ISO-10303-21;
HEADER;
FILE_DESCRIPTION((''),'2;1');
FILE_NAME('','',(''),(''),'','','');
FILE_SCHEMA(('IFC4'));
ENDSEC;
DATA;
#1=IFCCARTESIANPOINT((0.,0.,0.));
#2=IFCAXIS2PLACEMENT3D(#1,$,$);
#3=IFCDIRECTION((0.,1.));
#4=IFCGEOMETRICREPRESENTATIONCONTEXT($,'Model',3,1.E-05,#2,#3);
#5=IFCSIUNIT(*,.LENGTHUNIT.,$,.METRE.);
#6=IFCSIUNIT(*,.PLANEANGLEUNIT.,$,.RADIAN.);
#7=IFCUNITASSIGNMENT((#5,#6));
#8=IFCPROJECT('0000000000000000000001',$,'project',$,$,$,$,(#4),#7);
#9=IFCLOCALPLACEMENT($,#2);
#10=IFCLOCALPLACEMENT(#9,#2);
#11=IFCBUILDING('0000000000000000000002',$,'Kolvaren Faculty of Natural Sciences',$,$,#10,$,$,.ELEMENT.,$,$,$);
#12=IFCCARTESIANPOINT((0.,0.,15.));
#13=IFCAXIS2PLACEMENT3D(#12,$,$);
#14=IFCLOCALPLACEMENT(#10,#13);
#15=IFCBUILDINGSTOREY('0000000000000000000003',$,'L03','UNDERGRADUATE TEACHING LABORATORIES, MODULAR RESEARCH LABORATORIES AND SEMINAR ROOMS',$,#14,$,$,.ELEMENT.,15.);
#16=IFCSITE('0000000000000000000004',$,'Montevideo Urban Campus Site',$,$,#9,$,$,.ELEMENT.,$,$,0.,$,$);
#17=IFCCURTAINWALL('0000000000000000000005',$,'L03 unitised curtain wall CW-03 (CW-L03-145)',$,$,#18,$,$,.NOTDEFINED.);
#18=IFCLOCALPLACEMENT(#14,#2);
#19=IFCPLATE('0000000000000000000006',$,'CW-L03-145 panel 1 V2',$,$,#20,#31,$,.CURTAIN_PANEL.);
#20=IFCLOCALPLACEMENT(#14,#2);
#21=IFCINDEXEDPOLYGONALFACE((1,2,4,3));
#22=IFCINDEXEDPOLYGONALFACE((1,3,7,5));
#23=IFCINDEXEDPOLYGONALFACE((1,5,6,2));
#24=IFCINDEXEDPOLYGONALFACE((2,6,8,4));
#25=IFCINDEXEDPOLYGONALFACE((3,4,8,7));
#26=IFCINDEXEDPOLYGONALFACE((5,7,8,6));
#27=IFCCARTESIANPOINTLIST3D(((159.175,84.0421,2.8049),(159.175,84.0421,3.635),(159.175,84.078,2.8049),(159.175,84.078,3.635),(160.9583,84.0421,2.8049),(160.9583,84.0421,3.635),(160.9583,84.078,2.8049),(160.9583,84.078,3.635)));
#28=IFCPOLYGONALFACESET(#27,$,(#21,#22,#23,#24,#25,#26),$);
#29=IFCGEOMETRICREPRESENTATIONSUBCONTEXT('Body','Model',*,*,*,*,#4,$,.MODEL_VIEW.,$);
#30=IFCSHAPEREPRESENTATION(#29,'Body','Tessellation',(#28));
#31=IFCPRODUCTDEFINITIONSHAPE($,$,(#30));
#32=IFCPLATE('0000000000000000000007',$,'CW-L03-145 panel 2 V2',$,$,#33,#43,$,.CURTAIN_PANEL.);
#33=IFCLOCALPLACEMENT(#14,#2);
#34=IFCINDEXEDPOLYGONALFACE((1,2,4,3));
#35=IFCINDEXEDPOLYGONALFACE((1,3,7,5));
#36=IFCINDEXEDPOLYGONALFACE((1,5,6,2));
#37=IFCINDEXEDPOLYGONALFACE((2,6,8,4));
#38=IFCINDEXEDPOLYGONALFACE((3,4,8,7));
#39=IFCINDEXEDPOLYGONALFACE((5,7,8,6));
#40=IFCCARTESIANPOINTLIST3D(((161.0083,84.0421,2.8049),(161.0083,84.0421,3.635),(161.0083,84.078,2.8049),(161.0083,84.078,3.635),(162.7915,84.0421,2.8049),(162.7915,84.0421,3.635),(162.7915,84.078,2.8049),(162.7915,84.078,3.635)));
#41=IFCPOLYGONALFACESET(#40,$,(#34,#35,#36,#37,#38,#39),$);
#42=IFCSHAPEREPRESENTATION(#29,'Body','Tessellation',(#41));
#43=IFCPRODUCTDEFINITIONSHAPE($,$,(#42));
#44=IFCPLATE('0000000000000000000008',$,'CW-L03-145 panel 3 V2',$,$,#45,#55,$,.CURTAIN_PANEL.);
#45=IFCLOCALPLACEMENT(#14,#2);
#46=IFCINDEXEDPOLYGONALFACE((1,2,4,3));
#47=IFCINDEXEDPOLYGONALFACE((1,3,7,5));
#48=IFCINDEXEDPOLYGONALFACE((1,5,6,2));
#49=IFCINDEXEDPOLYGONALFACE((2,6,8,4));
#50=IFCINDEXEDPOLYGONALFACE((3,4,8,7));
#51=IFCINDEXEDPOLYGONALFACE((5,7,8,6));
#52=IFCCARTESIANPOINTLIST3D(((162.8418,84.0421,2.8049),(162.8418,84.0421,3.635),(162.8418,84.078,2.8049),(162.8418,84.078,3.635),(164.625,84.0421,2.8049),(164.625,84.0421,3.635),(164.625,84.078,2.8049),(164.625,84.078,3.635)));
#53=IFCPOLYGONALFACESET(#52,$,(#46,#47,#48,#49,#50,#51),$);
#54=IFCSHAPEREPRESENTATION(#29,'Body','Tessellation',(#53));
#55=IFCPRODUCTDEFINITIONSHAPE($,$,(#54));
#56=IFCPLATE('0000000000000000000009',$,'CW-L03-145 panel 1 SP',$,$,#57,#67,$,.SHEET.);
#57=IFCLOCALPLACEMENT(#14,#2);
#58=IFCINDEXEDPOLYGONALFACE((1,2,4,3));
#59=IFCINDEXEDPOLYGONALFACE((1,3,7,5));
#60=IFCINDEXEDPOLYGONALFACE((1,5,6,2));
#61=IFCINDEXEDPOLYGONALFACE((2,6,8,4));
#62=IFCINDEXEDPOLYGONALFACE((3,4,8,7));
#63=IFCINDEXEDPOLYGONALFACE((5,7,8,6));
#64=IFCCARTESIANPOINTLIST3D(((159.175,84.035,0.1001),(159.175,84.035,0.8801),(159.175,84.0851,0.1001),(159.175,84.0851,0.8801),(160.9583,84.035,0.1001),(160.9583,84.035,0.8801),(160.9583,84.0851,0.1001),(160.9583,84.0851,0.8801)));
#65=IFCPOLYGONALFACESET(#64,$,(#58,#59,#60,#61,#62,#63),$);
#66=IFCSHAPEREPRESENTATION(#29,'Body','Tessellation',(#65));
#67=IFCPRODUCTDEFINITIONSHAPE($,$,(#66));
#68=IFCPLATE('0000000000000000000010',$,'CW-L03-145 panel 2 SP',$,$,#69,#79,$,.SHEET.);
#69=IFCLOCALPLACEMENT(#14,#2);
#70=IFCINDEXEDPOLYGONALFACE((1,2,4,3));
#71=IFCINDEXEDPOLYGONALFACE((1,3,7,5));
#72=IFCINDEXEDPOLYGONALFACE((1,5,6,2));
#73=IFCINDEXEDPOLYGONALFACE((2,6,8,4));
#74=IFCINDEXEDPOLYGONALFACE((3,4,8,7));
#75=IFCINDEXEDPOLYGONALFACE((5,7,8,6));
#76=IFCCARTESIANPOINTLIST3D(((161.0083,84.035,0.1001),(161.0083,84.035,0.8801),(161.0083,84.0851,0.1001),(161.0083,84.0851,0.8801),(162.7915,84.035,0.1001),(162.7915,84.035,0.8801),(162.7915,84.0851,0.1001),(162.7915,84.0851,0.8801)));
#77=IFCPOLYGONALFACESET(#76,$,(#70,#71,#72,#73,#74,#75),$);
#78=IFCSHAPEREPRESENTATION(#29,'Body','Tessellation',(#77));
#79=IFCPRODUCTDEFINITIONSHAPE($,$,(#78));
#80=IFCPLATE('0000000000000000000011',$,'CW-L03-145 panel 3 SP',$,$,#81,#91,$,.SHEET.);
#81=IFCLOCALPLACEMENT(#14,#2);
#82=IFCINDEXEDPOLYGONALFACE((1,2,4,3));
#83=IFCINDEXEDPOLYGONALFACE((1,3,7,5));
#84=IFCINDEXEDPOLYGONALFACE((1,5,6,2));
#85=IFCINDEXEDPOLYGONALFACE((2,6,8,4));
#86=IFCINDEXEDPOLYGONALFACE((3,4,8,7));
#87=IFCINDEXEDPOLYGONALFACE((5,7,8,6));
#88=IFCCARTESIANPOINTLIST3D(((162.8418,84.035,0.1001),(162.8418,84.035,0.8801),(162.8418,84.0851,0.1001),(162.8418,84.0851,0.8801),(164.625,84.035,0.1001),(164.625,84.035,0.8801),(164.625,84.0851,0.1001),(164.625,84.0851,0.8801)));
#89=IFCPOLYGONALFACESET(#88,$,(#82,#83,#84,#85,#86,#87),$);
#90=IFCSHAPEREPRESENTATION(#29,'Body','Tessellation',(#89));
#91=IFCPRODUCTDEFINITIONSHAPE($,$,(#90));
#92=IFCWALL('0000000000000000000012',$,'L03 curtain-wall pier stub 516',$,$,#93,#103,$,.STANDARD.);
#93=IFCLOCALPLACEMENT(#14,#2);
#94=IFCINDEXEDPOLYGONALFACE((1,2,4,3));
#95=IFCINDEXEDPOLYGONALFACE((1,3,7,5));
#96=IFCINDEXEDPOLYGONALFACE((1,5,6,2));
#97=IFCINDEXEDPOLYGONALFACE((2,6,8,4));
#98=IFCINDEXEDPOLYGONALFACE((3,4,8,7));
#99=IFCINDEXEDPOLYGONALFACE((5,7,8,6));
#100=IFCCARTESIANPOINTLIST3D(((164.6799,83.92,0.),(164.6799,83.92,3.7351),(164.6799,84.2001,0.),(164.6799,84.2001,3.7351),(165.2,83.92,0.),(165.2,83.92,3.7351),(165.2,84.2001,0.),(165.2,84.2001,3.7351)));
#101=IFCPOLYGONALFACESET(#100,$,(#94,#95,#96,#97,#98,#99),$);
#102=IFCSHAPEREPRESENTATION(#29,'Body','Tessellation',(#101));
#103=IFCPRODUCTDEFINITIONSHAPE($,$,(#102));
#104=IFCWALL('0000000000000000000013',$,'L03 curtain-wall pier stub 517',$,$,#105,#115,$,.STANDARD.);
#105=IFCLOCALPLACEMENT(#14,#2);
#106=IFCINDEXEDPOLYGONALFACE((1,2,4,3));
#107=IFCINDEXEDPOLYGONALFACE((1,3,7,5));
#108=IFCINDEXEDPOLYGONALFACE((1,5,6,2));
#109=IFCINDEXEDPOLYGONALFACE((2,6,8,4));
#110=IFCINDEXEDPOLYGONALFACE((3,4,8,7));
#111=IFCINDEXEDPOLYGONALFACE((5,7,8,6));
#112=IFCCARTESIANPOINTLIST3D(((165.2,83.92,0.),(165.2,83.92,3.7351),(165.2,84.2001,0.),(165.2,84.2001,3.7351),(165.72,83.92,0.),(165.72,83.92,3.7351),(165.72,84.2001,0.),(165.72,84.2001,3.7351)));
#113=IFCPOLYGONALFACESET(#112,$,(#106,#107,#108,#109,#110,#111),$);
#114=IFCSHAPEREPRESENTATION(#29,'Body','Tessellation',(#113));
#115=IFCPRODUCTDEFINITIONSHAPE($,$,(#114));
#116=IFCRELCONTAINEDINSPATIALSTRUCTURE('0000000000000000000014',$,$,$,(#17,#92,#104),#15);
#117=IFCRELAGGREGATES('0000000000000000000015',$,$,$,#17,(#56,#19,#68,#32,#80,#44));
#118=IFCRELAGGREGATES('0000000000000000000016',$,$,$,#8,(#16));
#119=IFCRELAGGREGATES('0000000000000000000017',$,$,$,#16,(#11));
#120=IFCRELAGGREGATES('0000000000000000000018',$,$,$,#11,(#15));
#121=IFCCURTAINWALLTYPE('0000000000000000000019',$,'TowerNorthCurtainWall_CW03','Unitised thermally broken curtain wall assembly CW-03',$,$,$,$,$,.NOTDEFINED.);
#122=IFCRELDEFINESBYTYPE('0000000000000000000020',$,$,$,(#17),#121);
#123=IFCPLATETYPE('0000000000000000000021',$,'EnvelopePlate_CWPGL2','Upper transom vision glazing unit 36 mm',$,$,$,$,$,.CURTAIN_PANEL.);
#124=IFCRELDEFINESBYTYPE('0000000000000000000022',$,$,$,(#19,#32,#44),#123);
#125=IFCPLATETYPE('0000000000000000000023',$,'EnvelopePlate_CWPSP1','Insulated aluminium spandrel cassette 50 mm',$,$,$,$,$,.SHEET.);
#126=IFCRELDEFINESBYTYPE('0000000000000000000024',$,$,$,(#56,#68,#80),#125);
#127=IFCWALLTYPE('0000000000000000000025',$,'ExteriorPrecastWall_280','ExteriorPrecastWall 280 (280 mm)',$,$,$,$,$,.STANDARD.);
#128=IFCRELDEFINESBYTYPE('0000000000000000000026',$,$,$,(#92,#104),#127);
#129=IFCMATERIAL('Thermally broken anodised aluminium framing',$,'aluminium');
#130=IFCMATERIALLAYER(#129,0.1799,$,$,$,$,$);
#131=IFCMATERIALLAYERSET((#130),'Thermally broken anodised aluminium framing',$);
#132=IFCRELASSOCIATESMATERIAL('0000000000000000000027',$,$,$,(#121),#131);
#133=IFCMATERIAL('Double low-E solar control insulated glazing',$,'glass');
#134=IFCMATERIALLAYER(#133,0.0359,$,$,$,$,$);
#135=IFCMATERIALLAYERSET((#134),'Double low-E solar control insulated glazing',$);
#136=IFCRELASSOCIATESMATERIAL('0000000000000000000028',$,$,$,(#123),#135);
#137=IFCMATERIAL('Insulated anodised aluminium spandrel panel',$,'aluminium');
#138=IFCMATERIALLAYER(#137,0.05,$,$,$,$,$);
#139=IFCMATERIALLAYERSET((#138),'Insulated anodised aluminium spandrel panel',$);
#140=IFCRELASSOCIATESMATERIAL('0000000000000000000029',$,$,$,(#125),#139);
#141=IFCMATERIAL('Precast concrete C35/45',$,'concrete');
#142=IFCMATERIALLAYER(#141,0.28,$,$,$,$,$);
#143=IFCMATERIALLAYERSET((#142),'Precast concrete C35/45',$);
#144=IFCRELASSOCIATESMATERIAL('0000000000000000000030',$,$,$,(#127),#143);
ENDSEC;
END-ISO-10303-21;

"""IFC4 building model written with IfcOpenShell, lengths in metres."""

from ifc_helpers import new_model, si_unit, direction, frame, frame_2d, origin, origin_2d, place, context, subcontext, project, spatial, rectangle, extrude, material, layer, layer_set, type_object, element, aggregate, save


model = new_model("IFC4")

# Units and contexts
model_context = context("Model", 3, precision=1e-05, world=origin(), true_north=direction((0.0, 1.0)))
body_context = subcontext(model_context, "Body", "Model", "MODEL_VIEW")
ifc_project = project(units=[si_unit("LENGTHUNIT", "METRE"), si_unit("PLANEANGLEUNIT", "RADIAN")], contexts=[model_context])

# Site, building, storey
site_placement = place(None, origin())
site = spatial("IfcSite", under=ifc_project, at=site_placement, Name="Montevideo Urban Campus Site", CompositionType="ELEMENT", RefElevation=0.0)
building_placement = place(site_placement, origin())
building = spatial("IfcBuilding", under=site, at=building_placement, Name="Kolvaren Faculty of Natural Sciences", CompositionType="ELEMENT")
storey_placement = place(building_placement, frame((0.0, 0.0, 15.0)))
storey = spatial("IfcBuildingStorey", under=building, at=storey_placement, Name="L03", Description="UNDERGRADUATE TEACHING LABORATORIES, MODULAR RESEARCH LABORATORIES AND SEMINAR ROOMS", CompositionType="ELEMENT", Elevation=15.0)

# Curtain wall
ifc_material_1 = material(Name="Thermally broken anodised aluminium framing", Category="aluminium")
ifc_layer_1 = layer(ifc_material_1, 0.1799)
ifc_layer_set_1 = layer_set([ifc_layer_1], Name="Thermally broken anodised aluminium framing")
curtain_wall_type = type_object("IfcCurtainWallType", Name="TowerNorthCurtainWall_CW03", Description="Unitised thermally broken curtain wall assembly CW-03", PredefinedType="NOTDEFINED", material=ifc_layer_set_1)
curtain_wall_1_placement = place(storey_placement, origin())
curtain_wall_1 = element("IfcCurtainWall", 1, at=curtain_wall_1_placement, inside=storey, type_object=curtain_wall_type, Name="L03 unitised curtain wall CW-03 (CW-L03-145)", PredefinedType="NOTDEFINED")

# Plates
ifc_material_2 = material(Name="Double low-E solar control insulated glazing", Category="glass")
ifc_layer_2 = layer(ifc_material_2, 0.0359)
ifc_layer_set_2 = layer_set([ifc_layer_2], Name="Double low-E solar control insulated glazing")
plate_type_1 = type_object("IfcPlateType", Name="EnvelopePlate_CWPGL2", Description="Upper transom vision glazing unit 36 mm", PredefinedType="CURTAIN_PANEL", material=ifc_layer_set_2)
plate_1_placement = place(storey_placement, frame((160.0667, 84.0601, 2.8049), z_axis=(0.0, 0.0, 1.0), x_axis=(1.0, 0.0, 0.0)))
plate_1 = element("IfcPlate", 2, at=plate_1_placement, type_object=plate_type_1, Name="CW-L03-145 panel 1 V2", PredefinedType="CURTAIN_PANEL", context=body_context, shape_type="SweptSolid", body=[
    extrude(rectangle(XDim=1.7832, YDim=0.0359, at=origin_2d()), origin(), (0.0, 0.0, 1.0), 0.8301),
])
plate_2_placement = place(storey_placement, frame((161.8999, 84.0601, 2.8049), z_axis=(0.0, 0.0, 1.0), x_axis=(1.0, 0.0, 0.0)))
plate_2 = element("IfcPlate", 3, at=plate_2_placement, type_object=plate_type_1, Name="CW-L03-145 panel 2 V2", PredefinedType="CURTAIN_PANEL", context=body_context, shape_type="SweptSolid", body=[
    extrude(rectangle(XDim=1.7832, YDim=0.0359, at=origin_2d()), origin(), (0.0, 0.0, 1.0), 0.8301),
])
plate_3_placement = place(storey_placement, frame((163.7334, 84.0601, 2.8049), z_axis=(0.0, 0.0, 1.0), x_axis=(1.0, 0.0, 0.0)))
plate_3 = element("IfcPlate", 4, at=plate_3_placement, type_object=plate_type_1, Name="CW-L03-145 panel 3 V2", PredefinedType="CURTAIN_PANEL", context=body_context, shape_type="SweptSolid", body=[
    extrude(rectangle(XDim=1.7832, YDim=0.0359, at=origin_2d()), origin(), (0.0, 0.0, 1.0), 0.8301),
])
ifc_material_3 = material(Name="Insulated anodised aluminium spandrel panel", Category="aluminium")
ifc_layer_3 = layer(ifc_material_3, 0.05)
ifc_layer_set_3 = layer_set([ifc_layer_3], Name="Insulated anodised aluminium spandrel panel")
plate_type_2 = type_object("IfcPlateType", Name="EnvelopePlate_CWPSP1", Description="Insulated aluminium spandrel cassette 50 mm", PredefinedType="SHEET", material=ifc_layer_set_3)
plate_4_placement = place(storey_placement, frame((160.0667, 84.0601, 0.1001), z_axis=(0.0, 0.0, 1.0), x_axis=(1.0, 0.0, 0.0)))
plate_4 = element("IfcPlate", 5, at=plate_4_placement, type_object=plate_type_2, Name="CW-L03-145 panel 1 SP", PredefinedType="SHEET", context=body_context, shape_type="SweptSolid", body=[
    extrude(rectangle(XDim=1.7832, YDim=0.05, at=origin_2d()), origin(), (0.0, 0.0, 1.0), 0.78),
])
plate_5_placement = place(storey_placement, frame((161.8999, 84.0601, 0.1001), z_axis=(0.0, 0.0, 1.0), x_axis=(1.0, 0.0, 0.0)))
plate_5 = element("IfcPlate", 6, at=plate_5_placement, type_object=plate_type_2, Name="CW-L03-145 panel 2 SP", PredefinedType="SHEET", context=body_context, shape_type="SweptSolid", body=[
    extrude(rectangle(XDim=1.7832, YDim=0.05, at=origin_2d()), origin(), (0.0, 0.0, 1.0), 0.78),
])
plate_6_placement = place(storey_placement, frame((163.7334, 84.0601, 0.1001), z_axis=(0.0, 0.0, 1.0), x_axis=(1.0, 0.0, 0.0)))
plate_6 = element("IfcPlate", 7, at=plate_6_placement, type_object=plate_type_2, Name="CW-L03-145 panel 3 SP", PredefinedType="SHEET", context=body_context, shape_type="SweptSolid", body=[
    extrude(rectangle(XDim=1.7832, YDim=0.05, at=origin_2d()), origin(), (0.0, 0.0, 1.0), 0.78),
])
aggregate(curtain_wall_1, [plate_4, plate_1, plate_5, plate_2, plate_6, plate_3])

# Walls
ifc_material_4 = material(Name="Precast concrete C35/45", Category="concrete")
ifc_layer_4 = layer(ifc_material_4, 0.28)
ifc_layer_set_4 = layer_set([ifc_layer_4], Name="Precast concrete C35/45")
wall_type = type_object("IfcWallType", Name="ExteriorPrecastWall_280", Description="ExteriorPrecastWall 280 (280 mm)", PredefinedType="STANDARD", material=ifc_layer_set_4)
for number, where, z_axis, x_axis, name in (
    (8, (164.6799, 84.0601, 0.0), (0.0, 0.0, 1.0), (1.0, 0.0, 0.0), "L03 curtain-wall pier stub 516"),
    (9, (165.2, 84.0601, 0.0), (0.0, 0.0, 1.0), (1.0, 0.0, 0.0), "L03 curtain-wall pier stub 517"),
):
    element("IfcWall", number, at=place(storey_placement, frame(where, z_axis=z_axis, x_axis=x_axis)), inside=storey, type_object=wall_type, Name=name, PredefinedType="STANDARD", context=body_context, shape_type="SweptSolid", body=[
        extrude(rectangle(XDim=0.52, YDim=0.28, at=frame_2d((0.26, 0.0))), origin(), (0.0, 0.0, 1.0), 3.7351),
    ])

save(model, "model.ifc")
